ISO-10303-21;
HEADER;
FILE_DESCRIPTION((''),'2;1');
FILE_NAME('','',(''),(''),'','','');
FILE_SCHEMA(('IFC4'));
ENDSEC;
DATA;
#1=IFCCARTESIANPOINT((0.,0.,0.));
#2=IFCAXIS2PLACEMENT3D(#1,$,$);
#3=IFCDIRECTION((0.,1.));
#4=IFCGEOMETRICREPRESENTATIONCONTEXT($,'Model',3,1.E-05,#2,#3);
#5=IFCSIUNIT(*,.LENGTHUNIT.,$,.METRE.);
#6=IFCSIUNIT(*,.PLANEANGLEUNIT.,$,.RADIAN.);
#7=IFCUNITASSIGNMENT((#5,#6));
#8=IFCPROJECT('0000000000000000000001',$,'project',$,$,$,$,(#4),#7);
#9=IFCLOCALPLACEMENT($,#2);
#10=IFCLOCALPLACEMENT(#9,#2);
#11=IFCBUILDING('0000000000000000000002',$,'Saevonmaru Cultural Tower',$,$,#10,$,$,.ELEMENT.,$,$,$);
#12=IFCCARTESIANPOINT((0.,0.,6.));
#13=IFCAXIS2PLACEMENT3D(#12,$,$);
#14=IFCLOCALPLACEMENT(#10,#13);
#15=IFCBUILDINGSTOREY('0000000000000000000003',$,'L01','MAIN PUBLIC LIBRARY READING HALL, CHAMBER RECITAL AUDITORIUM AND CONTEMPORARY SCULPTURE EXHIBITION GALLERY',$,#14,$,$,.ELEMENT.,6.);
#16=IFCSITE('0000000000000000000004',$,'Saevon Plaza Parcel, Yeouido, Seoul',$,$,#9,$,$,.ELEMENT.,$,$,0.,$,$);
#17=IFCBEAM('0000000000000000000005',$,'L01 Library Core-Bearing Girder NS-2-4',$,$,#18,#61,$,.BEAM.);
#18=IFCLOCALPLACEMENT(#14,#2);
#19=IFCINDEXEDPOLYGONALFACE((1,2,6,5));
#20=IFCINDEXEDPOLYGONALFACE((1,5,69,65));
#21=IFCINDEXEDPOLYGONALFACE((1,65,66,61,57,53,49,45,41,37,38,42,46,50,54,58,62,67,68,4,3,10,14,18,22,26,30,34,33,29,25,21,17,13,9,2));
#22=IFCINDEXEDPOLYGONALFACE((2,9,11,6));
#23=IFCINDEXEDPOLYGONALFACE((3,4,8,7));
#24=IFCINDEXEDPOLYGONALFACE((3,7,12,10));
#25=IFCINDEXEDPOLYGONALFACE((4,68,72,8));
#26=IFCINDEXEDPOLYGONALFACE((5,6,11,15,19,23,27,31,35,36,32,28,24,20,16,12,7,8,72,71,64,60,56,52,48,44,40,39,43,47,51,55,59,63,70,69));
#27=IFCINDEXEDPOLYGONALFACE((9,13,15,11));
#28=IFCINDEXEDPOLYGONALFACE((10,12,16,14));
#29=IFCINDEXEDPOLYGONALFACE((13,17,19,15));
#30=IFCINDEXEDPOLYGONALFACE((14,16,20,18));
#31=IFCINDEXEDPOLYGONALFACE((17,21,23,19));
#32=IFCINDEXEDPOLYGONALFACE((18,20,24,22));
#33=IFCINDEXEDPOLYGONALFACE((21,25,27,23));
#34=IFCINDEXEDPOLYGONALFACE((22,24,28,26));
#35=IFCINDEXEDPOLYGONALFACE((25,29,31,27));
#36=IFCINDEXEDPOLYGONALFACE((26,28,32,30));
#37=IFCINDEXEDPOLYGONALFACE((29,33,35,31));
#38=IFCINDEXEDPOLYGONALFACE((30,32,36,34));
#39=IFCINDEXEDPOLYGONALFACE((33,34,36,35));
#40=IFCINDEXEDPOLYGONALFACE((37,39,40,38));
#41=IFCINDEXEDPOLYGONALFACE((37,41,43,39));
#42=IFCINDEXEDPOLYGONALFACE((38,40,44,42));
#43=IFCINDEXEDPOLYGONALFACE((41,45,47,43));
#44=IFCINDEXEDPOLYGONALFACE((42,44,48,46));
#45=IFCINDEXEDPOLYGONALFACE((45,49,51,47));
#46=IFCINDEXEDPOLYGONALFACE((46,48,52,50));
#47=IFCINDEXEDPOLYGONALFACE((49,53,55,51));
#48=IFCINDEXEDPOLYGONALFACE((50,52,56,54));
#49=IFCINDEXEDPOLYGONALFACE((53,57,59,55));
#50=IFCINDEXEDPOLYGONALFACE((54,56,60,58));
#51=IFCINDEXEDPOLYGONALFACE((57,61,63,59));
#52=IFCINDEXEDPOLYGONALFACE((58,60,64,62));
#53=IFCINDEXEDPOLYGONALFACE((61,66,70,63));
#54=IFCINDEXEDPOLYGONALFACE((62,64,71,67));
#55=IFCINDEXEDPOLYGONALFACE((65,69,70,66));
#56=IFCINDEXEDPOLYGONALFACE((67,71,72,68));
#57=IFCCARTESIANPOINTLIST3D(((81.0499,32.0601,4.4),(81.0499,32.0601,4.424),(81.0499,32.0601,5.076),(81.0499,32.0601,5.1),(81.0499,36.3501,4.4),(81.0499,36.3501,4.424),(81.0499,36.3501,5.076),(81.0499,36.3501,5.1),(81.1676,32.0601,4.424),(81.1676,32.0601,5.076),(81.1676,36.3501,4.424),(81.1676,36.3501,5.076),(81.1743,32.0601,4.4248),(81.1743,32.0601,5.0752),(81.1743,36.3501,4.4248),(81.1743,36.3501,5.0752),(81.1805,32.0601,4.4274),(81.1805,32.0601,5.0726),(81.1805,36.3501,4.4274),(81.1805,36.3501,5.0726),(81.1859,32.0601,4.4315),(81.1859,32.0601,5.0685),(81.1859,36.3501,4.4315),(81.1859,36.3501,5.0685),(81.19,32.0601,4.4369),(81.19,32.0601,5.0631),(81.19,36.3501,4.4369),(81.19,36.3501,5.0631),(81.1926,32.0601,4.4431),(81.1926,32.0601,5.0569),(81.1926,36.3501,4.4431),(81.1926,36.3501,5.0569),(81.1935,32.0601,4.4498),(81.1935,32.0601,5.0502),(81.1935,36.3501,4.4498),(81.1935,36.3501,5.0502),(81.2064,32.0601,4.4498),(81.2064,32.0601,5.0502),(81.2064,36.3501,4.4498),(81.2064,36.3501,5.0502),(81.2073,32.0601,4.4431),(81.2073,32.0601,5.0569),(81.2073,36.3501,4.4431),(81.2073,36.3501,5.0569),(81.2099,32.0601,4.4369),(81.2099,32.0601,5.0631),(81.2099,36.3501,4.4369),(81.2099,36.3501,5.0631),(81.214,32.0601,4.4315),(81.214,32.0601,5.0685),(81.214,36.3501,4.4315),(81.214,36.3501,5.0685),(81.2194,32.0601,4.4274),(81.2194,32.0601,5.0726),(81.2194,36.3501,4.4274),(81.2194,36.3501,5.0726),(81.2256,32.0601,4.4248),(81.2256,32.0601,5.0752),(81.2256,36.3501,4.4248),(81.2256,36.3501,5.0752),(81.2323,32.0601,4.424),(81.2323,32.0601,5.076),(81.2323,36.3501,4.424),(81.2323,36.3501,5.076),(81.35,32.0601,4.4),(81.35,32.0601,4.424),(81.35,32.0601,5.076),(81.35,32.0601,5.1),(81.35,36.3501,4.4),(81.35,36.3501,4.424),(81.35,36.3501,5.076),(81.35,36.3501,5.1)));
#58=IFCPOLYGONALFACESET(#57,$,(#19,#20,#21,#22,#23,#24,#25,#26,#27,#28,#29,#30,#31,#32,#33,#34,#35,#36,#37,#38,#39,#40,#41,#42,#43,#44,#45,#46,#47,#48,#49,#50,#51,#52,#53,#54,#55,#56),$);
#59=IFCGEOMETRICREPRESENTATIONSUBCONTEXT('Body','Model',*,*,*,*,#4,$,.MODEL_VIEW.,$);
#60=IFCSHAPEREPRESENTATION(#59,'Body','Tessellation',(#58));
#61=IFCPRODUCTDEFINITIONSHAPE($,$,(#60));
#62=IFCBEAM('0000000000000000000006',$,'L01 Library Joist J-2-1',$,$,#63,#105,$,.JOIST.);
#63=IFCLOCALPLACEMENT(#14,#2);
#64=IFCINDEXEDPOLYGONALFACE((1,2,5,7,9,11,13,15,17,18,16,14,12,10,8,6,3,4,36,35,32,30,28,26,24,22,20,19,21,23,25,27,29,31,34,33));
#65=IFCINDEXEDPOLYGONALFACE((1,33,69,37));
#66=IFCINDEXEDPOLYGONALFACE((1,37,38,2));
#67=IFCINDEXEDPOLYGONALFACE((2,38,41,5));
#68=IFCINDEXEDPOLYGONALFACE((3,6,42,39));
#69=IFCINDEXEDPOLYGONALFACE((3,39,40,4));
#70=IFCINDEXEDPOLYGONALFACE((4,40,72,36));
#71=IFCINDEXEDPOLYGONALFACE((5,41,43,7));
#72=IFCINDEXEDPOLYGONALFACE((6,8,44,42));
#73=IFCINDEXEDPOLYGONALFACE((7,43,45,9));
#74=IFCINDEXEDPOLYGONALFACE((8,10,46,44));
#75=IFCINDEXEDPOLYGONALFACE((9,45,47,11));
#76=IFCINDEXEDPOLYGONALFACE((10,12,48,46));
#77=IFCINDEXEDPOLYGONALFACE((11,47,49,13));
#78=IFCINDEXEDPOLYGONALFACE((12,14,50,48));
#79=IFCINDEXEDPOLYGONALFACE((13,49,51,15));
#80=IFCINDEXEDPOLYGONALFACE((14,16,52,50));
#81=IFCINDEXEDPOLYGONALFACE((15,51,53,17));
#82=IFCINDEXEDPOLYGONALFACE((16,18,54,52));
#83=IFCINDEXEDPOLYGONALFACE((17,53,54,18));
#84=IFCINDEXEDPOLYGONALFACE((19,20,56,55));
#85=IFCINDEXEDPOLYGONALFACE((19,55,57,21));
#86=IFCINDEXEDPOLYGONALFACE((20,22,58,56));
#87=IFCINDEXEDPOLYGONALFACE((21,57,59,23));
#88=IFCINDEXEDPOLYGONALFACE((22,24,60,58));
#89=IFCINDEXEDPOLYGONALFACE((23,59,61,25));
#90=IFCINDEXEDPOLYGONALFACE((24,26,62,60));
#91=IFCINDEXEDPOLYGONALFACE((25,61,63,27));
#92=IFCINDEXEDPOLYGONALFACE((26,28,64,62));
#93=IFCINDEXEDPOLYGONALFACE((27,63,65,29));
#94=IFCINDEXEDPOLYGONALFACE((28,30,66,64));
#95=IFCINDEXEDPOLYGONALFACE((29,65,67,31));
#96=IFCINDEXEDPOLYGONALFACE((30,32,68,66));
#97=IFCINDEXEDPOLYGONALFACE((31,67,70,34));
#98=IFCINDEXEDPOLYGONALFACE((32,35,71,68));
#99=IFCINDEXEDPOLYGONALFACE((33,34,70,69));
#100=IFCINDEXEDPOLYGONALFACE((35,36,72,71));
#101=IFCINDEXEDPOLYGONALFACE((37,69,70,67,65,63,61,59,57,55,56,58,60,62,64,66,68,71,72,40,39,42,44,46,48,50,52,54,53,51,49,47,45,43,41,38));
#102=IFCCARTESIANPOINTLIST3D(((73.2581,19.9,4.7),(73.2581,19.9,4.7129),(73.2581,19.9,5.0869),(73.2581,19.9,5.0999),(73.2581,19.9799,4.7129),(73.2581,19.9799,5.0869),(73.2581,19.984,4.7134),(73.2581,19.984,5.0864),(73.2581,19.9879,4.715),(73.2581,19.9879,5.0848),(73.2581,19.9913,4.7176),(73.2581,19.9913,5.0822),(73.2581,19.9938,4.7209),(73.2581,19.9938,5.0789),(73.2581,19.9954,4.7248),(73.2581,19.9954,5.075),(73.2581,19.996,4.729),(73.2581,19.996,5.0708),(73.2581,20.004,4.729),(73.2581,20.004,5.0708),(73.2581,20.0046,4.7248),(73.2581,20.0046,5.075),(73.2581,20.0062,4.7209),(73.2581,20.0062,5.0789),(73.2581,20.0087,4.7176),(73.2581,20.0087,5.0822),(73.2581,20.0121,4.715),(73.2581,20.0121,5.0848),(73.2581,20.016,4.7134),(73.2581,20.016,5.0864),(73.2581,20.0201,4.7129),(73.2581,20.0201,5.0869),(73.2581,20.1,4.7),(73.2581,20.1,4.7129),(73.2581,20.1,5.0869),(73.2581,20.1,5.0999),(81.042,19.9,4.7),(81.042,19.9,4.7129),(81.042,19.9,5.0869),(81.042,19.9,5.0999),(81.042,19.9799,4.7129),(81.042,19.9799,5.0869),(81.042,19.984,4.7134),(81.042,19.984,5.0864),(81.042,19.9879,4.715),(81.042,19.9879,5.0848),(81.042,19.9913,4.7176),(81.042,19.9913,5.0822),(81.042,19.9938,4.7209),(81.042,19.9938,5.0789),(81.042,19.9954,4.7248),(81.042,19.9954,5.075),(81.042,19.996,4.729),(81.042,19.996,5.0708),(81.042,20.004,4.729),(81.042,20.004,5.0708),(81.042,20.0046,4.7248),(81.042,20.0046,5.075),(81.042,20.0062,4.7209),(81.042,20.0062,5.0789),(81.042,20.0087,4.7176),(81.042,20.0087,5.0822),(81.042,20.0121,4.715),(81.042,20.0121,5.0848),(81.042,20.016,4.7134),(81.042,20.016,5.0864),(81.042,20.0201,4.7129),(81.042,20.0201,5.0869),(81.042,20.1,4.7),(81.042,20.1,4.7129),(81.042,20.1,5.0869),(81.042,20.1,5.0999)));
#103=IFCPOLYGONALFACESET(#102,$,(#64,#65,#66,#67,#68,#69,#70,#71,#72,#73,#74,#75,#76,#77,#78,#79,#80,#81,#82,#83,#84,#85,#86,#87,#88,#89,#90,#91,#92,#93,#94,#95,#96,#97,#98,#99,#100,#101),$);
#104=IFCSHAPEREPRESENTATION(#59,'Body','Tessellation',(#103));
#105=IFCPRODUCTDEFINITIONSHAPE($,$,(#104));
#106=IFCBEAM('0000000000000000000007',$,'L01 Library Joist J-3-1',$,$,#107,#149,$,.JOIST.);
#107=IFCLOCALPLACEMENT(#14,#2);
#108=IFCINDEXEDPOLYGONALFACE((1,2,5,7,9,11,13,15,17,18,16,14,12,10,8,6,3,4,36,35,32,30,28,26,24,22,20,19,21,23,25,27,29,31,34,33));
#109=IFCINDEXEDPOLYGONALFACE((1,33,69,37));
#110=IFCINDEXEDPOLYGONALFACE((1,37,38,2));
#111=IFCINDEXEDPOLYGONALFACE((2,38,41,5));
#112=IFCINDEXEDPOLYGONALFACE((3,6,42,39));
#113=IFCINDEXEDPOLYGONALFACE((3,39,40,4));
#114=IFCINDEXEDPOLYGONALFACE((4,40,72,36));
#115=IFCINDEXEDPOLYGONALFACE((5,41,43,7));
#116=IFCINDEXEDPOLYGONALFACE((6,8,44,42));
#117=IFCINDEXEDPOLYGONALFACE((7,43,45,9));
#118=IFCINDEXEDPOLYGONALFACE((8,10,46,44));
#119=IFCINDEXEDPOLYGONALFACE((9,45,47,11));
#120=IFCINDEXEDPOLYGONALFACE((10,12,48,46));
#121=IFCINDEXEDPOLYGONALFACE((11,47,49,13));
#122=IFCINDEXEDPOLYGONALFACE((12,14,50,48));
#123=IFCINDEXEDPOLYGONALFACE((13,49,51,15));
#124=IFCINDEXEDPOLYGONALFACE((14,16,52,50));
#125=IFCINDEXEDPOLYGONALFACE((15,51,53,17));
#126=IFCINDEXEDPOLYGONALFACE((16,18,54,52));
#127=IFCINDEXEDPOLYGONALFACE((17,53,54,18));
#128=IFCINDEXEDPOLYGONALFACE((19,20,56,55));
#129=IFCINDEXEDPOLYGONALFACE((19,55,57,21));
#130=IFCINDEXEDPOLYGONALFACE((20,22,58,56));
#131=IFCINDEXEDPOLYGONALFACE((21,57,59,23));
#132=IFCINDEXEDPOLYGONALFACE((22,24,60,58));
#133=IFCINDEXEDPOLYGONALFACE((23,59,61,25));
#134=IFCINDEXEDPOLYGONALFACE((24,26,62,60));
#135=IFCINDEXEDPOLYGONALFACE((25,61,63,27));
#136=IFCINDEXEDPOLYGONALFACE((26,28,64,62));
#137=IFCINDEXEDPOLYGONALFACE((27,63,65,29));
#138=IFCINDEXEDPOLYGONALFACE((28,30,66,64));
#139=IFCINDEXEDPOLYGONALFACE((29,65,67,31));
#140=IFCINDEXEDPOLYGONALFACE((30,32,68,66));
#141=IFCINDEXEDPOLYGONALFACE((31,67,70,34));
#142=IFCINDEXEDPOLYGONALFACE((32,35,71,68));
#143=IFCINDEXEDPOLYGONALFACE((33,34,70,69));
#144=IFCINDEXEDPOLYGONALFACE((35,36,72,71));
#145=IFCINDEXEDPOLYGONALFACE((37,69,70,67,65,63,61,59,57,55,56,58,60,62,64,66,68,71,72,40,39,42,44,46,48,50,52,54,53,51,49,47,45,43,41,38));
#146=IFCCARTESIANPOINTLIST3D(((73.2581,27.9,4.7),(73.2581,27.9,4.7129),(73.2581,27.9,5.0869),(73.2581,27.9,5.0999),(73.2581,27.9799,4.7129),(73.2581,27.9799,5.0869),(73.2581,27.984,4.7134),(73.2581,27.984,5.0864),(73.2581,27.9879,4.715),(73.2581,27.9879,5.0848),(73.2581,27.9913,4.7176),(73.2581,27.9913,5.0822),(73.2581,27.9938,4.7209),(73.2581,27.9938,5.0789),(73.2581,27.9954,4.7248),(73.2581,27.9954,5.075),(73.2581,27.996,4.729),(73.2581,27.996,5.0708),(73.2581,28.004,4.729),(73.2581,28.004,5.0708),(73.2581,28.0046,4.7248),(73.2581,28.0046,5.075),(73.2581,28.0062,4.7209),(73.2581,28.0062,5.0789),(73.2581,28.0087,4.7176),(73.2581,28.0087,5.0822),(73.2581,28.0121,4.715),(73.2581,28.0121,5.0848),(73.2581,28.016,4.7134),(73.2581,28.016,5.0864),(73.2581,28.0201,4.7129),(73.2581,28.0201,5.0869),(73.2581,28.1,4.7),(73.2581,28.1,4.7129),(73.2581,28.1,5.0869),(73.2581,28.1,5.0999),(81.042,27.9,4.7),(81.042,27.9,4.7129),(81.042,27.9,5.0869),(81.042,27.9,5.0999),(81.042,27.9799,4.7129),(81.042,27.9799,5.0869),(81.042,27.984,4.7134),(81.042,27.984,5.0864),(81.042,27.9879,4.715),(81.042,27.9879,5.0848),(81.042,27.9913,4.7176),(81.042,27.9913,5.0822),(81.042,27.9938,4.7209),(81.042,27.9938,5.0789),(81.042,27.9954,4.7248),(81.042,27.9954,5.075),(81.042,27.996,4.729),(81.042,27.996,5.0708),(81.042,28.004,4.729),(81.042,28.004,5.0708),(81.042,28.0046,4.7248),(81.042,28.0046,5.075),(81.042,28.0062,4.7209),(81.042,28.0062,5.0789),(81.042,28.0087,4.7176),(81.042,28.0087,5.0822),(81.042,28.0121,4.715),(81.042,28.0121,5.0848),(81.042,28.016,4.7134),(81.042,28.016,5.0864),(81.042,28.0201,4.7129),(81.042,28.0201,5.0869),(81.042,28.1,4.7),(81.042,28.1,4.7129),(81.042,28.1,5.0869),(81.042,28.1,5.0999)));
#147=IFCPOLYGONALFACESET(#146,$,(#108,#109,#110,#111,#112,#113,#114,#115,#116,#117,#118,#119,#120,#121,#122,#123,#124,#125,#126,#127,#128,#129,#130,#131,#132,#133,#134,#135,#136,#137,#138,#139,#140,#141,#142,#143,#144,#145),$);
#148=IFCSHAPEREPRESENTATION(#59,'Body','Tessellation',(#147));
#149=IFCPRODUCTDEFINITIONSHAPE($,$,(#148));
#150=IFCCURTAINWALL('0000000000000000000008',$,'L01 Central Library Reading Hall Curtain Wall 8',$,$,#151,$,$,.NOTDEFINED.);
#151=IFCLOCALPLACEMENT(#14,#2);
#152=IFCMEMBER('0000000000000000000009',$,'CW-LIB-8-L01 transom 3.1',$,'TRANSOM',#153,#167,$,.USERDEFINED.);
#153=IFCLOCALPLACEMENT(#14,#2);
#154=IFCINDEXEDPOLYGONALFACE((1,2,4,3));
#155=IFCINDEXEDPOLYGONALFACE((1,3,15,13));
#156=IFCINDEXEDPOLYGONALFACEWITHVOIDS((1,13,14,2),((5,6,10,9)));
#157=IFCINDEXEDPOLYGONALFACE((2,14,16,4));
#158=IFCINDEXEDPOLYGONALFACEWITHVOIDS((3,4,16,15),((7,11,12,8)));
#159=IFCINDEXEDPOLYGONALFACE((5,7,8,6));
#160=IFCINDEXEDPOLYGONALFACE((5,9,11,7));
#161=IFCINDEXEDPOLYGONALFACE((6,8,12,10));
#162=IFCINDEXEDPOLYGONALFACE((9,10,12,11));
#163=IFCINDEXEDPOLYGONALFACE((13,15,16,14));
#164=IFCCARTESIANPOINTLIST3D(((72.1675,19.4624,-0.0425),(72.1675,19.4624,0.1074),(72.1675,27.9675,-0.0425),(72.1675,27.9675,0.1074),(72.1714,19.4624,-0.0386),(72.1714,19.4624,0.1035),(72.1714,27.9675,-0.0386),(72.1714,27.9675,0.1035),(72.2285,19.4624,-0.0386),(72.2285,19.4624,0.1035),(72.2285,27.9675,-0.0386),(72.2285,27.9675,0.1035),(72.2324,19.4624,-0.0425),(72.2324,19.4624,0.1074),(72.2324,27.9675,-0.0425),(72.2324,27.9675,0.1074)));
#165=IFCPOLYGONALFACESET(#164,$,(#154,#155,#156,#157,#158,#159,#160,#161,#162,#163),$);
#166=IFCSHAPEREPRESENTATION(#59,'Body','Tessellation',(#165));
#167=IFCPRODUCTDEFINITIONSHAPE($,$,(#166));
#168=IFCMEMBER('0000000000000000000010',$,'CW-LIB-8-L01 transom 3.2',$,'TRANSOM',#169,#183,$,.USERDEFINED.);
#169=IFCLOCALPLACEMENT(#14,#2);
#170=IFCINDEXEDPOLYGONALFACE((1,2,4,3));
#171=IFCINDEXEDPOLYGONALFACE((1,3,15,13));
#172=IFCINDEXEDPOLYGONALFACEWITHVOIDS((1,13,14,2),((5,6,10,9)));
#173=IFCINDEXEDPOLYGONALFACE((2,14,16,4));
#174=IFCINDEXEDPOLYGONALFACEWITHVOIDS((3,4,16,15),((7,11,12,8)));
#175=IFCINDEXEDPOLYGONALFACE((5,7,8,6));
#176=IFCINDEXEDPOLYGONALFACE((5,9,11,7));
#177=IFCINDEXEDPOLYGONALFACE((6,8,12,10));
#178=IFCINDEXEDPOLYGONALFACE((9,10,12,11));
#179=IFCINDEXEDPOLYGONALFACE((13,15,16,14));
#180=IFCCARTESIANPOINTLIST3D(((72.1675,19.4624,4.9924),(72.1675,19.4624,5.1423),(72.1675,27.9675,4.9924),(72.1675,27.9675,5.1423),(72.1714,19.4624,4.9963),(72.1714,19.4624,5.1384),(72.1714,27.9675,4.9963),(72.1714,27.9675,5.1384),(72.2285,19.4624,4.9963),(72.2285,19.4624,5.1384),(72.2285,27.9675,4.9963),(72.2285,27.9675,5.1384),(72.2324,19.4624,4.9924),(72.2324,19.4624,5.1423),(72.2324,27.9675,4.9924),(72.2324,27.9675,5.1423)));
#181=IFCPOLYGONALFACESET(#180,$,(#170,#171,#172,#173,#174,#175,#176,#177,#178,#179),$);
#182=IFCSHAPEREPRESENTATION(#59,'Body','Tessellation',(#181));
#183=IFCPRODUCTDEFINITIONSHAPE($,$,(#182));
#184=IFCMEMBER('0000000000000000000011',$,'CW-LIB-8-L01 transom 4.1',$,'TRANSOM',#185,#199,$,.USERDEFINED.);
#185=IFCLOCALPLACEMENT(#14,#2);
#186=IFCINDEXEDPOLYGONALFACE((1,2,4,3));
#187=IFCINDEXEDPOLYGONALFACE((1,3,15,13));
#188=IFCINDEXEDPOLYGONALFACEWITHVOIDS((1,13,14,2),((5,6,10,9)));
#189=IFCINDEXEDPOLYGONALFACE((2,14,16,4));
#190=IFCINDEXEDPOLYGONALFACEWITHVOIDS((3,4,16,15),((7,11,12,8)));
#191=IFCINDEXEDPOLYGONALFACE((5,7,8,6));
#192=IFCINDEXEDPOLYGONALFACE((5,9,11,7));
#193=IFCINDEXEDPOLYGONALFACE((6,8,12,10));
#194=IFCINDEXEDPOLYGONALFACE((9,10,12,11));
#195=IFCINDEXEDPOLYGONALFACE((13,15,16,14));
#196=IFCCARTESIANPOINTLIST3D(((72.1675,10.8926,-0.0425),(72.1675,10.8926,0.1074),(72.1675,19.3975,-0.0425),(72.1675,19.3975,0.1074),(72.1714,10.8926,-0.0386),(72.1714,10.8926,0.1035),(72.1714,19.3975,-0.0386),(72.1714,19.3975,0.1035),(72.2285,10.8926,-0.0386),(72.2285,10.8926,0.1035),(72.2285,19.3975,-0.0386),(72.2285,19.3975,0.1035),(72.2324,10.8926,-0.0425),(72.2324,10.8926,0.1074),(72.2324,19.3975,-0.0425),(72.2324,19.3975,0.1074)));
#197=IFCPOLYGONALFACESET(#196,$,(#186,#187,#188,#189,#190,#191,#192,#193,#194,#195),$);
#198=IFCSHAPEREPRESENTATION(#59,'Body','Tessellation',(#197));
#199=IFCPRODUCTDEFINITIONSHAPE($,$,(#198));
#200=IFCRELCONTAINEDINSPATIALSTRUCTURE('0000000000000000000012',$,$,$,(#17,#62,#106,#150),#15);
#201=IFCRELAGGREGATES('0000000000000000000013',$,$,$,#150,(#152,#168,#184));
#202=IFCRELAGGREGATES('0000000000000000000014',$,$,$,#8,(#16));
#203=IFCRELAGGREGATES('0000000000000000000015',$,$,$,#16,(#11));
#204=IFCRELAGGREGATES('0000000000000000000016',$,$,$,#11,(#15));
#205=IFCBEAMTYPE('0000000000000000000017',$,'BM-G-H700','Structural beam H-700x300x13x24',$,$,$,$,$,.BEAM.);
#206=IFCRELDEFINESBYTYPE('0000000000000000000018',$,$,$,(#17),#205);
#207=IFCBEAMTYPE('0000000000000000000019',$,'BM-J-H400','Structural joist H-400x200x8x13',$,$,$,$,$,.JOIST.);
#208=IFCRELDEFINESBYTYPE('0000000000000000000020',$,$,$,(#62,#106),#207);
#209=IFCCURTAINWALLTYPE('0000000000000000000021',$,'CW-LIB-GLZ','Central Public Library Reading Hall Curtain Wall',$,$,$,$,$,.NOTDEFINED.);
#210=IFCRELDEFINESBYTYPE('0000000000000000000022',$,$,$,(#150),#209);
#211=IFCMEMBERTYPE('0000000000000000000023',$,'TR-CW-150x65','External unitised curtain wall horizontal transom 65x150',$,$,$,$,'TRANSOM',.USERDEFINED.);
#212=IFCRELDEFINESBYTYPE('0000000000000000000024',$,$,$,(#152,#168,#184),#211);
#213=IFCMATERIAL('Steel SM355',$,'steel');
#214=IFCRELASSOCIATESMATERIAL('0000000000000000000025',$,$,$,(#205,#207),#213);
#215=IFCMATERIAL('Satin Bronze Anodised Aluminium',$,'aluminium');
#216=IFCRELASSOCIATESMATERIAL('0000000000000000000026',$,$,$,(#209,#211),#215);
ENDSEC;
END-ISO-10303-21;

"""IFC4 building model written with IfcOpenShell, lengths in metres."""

from ifc_helpers import new_model, si_unit, direction, frame, origin, origin_2d, place, context, subcontext, project, spatial, hollow_rectangle, i_section, extrude, material, material_profile, profile_set, type_object, element, aggregate, save


model = new_model("IFC4")

# Units and contexts
model_context = context("Model", 3, precision=1e-05, world=origin(), true_north=direction((0.0, 1.0)))
body_context = subcontext(model_context, "Body", "Model", "MODEL_VIEW")
ifc_project = project(units=[si_unit("LENGTHUNIT", "METRE"), si_unit("PLANEANGLEUNIT", "RADIAN")], contexts=[model_context])

# Site, building, storey
site_placement = place(None, origin())
site = spatial("IfcSite", under=ifc_project, at=site_placement, Name="Saevon Plaza Parcel, Yeouido, Seoul", CompositionType="ELEMENT", RefElevation=0.0)
building_placement = place(site_placement, origin())
building = spatial("IfcBuilding", under=site, at=building_placement, Name="Saevonmaru Cultural Tower", CompositionType="ELEMENT")
storey_placement = place(building_placement, frame((0.0, 0.0, 6.0)))
storey = spatial("IfcBuildingStorey", under=building, at=storey_placement, Name="L01", Description="MAIN PUBLIC LIBRARY READING HALL, CHAMBER RECITAL AUDITORIUM AND CONTEMPORARY SCULPTURE EXHIBITION GALLERY", CompositionType="ELEMENT", Elevation=6.0)

# Shared definitions
ifc_material_1 = material(Name="Steel SM355", Category="steel")

# Beams
ifc_material_profile_1 = material_profile(ifc_material_1, i_section(OverallWidth=0.3, OverallDepth=0.7, WebThickness=0.0129, FlangeThickness=0.0239, FilletRadius=0.0259, at=origin_2d()), Name="H-700x300x13x24")
ifc_profile_set_1 = profile_set([ifc_material_profile_1], Name="Steel SM355")
beam_type_1 = type_object("IfcBeamType", Name="BM-G-H700", Description="Structural beam H-700x300x13x24", PredefinedType="BEAM", material=ifc_profile_set_1)
beam_1_placement = place(storey_placement, frame((81.2, 32.0601, 4.75), z_axis=(0.0, 1.0, 0.0), x_axis=(-1.0, 0.0, 0.0)))
element("IfcBeam", 1, at=beam_1_placement, inside=storey, type_object=beam_type_1, Name="L01 Library Core-Bearing Girder NS-2-4", PredefinedType="BEAM", context=body_context, shape_type="SweptSolid", body=[
    extrude(i_section(OverallWidth=0.3, OverallDepth=0.7, WebThickness=0.0129, FlangeThickness=0.0239, FilletRadius=0.0259, at=origin_2d()), origin(), (0.0, 0.0, 1.0), 4.29),
])
ifc_material_profile_2 = material_profile(ifc_material_1, i_section(OverallWidth=0.2, OverallDepth=0.3999, WebThickness=0.0081, FlangeThickness=0.0129, FilletRadius=0.0161, at=origin_2d()), Name="H-400x200x8x13")
ifc_profile_set_2 = profile_set([ifc_material_profile_2], Name="Steel SM355")
beam_type_2 = type_object("IfcBeamType", Name="BM-J-H400", Description="Structural joist H-400x200x8x13", PredefinedType="JOIST", material=ifc_profile_set_2)
for number, where, z_axis, x_axis, name in (
    (2, (73.2581, 20.0, 4.8999), (1.0, 0.0, 0.0), (0.0, 1.0, 0.0), "L01 Library Joist J-2-1"),
    (3, (73.2581, 28.0, 4.8999), (1.0, 0.0, 0.0), (0.0, 1.0, 0.0), "L01 Library Joist J-3-1"),
):
    element("IfcBeam", number, at=place(storey_placement, frame(where, z_axis=z_axis, x_axis=x_axis)), inside=storey, type_object=beam_type_2, Name=name, PredefinedType="JOIST", context=body_context, shape_type="SweptSolid", body=[
        extrude(i_section(OverallWidth=0.2, OverallDepth=0.3999, WebThickness=0.0081, FlangeThickness=0.0129, FilletRadius=0.0161, at=origin_2d()), origin(), (0.0, 0.0, 1.0), 7.7839),
    ])

# Curtain wall, members
ifc_material_2 = material(Name="Satin Bronze Anodised Aluminium", Category="aluminium")
curtain_wall_type = type_object("IfcCurtainWallType", Name="CW-LIB-GLZ", Description="Central Public Library Reading Hall Curtain Wall", PredefinedType="NOTDEFINED", material=ifc_material_2)
curtain_wall_placement = place(storey_placement, origin())
curtain_wall = element("IfcCurtainWall", 4, at=curtain_wall_placement, inside=storey, type_object=curtain_wall_type, Name="L01 Central Library Reading Hall Curtain Wall 8", PredefinedType="NOTDEFINED")
ifc_material_profile_3 = material_profile(ifc_material_2, hollow_rectangle(XDim=0.0649, YDim=0.1499, WallThickness=0.0039, at=origin_2d()), Name="ALU-TRAN-150x65x4")
ifc_profile_set_3 = profile_set([ifc_material_profile_3], Name="Satin Bronze Anodised Aluminium")
member_type = type_object("IfcMemberType", Name="TR-CW-150x65", Description="External unitised curtain wall horizontal transom 65x150", ElementType="TRANSOM", PredefinedType="USERDEFINED", material=ifc_profile_set_3)
member_1_placement = place(storey_placement, frame((72.2, 27.9675, 0.0325), z_axis=(0.0, -1.0, 0.0), x_axis=(1.0, 0.0, 0.0)))
member_1 = element("IfcMember", 5, at=member_1_placement, type_object=member_type, Name="CW-LIB-8-L01 transom 3.1", ObjectType="TRANSOM", PredefinedType="USERDEFINED", context=body_context, shape_type="SweptSolid", body=[
    extrude(hollow_rectangle(XDim=0.0649, YDim=0.1499, WallThickness=0.0039, at=origin_2d()), origin(), (0.0, 0.0, 1.0), 8.5051),
])
member_2_placement = place(storey_placement, frame((72.2, 27.9675, 5.0674), z_axis=(0.0, -1.0, 0.0), x_axis=(1.0, 0.0, 0.0)))
member_2 = element("IfcMember", 6, at=member_2_placement, type_object=member_type, Name="CW-LIB-8-L01 transom 3.2", ObjectType="TRANSOM", PredefinedType="USERDEFINED", context=body_context, shape_type="SweptSolid", body=[
    extrude(hollow_rectangle(XDim=0.0649, YDim=0.1499, WallThickness=0.0039, at=origin_2d()), origin(), (0.0, 0.0, 1.0), 8.5051),
])
member_3_placement = place(storey_placement, frame((72.2, 19.3975, 0.0325), z_axis=(0.0, -1.0, 0.0), x_axis=(1.0, 0.0, 0.0)))
member_3 = element("IfcMember", 7, at=member_3_placement, type_object=member_type, Name="CW-LIB-8-L01 transom 4.1", ObjectType="TRANSOM", PredefinedType="USERDEFINED", context=body_context, shape_type="SweptSolid", body=[
    extrude(hollow_rectangle(XDim=0.0649, YDim=0.1499, WallThickness=0.0039, at=origin_2d()), origin(), (0.0, 0.0, 1.0), 8.5049),
])
aggregate(curtain_wall, [member_1, member_2, member_3])

save(model, "model.ifc")
